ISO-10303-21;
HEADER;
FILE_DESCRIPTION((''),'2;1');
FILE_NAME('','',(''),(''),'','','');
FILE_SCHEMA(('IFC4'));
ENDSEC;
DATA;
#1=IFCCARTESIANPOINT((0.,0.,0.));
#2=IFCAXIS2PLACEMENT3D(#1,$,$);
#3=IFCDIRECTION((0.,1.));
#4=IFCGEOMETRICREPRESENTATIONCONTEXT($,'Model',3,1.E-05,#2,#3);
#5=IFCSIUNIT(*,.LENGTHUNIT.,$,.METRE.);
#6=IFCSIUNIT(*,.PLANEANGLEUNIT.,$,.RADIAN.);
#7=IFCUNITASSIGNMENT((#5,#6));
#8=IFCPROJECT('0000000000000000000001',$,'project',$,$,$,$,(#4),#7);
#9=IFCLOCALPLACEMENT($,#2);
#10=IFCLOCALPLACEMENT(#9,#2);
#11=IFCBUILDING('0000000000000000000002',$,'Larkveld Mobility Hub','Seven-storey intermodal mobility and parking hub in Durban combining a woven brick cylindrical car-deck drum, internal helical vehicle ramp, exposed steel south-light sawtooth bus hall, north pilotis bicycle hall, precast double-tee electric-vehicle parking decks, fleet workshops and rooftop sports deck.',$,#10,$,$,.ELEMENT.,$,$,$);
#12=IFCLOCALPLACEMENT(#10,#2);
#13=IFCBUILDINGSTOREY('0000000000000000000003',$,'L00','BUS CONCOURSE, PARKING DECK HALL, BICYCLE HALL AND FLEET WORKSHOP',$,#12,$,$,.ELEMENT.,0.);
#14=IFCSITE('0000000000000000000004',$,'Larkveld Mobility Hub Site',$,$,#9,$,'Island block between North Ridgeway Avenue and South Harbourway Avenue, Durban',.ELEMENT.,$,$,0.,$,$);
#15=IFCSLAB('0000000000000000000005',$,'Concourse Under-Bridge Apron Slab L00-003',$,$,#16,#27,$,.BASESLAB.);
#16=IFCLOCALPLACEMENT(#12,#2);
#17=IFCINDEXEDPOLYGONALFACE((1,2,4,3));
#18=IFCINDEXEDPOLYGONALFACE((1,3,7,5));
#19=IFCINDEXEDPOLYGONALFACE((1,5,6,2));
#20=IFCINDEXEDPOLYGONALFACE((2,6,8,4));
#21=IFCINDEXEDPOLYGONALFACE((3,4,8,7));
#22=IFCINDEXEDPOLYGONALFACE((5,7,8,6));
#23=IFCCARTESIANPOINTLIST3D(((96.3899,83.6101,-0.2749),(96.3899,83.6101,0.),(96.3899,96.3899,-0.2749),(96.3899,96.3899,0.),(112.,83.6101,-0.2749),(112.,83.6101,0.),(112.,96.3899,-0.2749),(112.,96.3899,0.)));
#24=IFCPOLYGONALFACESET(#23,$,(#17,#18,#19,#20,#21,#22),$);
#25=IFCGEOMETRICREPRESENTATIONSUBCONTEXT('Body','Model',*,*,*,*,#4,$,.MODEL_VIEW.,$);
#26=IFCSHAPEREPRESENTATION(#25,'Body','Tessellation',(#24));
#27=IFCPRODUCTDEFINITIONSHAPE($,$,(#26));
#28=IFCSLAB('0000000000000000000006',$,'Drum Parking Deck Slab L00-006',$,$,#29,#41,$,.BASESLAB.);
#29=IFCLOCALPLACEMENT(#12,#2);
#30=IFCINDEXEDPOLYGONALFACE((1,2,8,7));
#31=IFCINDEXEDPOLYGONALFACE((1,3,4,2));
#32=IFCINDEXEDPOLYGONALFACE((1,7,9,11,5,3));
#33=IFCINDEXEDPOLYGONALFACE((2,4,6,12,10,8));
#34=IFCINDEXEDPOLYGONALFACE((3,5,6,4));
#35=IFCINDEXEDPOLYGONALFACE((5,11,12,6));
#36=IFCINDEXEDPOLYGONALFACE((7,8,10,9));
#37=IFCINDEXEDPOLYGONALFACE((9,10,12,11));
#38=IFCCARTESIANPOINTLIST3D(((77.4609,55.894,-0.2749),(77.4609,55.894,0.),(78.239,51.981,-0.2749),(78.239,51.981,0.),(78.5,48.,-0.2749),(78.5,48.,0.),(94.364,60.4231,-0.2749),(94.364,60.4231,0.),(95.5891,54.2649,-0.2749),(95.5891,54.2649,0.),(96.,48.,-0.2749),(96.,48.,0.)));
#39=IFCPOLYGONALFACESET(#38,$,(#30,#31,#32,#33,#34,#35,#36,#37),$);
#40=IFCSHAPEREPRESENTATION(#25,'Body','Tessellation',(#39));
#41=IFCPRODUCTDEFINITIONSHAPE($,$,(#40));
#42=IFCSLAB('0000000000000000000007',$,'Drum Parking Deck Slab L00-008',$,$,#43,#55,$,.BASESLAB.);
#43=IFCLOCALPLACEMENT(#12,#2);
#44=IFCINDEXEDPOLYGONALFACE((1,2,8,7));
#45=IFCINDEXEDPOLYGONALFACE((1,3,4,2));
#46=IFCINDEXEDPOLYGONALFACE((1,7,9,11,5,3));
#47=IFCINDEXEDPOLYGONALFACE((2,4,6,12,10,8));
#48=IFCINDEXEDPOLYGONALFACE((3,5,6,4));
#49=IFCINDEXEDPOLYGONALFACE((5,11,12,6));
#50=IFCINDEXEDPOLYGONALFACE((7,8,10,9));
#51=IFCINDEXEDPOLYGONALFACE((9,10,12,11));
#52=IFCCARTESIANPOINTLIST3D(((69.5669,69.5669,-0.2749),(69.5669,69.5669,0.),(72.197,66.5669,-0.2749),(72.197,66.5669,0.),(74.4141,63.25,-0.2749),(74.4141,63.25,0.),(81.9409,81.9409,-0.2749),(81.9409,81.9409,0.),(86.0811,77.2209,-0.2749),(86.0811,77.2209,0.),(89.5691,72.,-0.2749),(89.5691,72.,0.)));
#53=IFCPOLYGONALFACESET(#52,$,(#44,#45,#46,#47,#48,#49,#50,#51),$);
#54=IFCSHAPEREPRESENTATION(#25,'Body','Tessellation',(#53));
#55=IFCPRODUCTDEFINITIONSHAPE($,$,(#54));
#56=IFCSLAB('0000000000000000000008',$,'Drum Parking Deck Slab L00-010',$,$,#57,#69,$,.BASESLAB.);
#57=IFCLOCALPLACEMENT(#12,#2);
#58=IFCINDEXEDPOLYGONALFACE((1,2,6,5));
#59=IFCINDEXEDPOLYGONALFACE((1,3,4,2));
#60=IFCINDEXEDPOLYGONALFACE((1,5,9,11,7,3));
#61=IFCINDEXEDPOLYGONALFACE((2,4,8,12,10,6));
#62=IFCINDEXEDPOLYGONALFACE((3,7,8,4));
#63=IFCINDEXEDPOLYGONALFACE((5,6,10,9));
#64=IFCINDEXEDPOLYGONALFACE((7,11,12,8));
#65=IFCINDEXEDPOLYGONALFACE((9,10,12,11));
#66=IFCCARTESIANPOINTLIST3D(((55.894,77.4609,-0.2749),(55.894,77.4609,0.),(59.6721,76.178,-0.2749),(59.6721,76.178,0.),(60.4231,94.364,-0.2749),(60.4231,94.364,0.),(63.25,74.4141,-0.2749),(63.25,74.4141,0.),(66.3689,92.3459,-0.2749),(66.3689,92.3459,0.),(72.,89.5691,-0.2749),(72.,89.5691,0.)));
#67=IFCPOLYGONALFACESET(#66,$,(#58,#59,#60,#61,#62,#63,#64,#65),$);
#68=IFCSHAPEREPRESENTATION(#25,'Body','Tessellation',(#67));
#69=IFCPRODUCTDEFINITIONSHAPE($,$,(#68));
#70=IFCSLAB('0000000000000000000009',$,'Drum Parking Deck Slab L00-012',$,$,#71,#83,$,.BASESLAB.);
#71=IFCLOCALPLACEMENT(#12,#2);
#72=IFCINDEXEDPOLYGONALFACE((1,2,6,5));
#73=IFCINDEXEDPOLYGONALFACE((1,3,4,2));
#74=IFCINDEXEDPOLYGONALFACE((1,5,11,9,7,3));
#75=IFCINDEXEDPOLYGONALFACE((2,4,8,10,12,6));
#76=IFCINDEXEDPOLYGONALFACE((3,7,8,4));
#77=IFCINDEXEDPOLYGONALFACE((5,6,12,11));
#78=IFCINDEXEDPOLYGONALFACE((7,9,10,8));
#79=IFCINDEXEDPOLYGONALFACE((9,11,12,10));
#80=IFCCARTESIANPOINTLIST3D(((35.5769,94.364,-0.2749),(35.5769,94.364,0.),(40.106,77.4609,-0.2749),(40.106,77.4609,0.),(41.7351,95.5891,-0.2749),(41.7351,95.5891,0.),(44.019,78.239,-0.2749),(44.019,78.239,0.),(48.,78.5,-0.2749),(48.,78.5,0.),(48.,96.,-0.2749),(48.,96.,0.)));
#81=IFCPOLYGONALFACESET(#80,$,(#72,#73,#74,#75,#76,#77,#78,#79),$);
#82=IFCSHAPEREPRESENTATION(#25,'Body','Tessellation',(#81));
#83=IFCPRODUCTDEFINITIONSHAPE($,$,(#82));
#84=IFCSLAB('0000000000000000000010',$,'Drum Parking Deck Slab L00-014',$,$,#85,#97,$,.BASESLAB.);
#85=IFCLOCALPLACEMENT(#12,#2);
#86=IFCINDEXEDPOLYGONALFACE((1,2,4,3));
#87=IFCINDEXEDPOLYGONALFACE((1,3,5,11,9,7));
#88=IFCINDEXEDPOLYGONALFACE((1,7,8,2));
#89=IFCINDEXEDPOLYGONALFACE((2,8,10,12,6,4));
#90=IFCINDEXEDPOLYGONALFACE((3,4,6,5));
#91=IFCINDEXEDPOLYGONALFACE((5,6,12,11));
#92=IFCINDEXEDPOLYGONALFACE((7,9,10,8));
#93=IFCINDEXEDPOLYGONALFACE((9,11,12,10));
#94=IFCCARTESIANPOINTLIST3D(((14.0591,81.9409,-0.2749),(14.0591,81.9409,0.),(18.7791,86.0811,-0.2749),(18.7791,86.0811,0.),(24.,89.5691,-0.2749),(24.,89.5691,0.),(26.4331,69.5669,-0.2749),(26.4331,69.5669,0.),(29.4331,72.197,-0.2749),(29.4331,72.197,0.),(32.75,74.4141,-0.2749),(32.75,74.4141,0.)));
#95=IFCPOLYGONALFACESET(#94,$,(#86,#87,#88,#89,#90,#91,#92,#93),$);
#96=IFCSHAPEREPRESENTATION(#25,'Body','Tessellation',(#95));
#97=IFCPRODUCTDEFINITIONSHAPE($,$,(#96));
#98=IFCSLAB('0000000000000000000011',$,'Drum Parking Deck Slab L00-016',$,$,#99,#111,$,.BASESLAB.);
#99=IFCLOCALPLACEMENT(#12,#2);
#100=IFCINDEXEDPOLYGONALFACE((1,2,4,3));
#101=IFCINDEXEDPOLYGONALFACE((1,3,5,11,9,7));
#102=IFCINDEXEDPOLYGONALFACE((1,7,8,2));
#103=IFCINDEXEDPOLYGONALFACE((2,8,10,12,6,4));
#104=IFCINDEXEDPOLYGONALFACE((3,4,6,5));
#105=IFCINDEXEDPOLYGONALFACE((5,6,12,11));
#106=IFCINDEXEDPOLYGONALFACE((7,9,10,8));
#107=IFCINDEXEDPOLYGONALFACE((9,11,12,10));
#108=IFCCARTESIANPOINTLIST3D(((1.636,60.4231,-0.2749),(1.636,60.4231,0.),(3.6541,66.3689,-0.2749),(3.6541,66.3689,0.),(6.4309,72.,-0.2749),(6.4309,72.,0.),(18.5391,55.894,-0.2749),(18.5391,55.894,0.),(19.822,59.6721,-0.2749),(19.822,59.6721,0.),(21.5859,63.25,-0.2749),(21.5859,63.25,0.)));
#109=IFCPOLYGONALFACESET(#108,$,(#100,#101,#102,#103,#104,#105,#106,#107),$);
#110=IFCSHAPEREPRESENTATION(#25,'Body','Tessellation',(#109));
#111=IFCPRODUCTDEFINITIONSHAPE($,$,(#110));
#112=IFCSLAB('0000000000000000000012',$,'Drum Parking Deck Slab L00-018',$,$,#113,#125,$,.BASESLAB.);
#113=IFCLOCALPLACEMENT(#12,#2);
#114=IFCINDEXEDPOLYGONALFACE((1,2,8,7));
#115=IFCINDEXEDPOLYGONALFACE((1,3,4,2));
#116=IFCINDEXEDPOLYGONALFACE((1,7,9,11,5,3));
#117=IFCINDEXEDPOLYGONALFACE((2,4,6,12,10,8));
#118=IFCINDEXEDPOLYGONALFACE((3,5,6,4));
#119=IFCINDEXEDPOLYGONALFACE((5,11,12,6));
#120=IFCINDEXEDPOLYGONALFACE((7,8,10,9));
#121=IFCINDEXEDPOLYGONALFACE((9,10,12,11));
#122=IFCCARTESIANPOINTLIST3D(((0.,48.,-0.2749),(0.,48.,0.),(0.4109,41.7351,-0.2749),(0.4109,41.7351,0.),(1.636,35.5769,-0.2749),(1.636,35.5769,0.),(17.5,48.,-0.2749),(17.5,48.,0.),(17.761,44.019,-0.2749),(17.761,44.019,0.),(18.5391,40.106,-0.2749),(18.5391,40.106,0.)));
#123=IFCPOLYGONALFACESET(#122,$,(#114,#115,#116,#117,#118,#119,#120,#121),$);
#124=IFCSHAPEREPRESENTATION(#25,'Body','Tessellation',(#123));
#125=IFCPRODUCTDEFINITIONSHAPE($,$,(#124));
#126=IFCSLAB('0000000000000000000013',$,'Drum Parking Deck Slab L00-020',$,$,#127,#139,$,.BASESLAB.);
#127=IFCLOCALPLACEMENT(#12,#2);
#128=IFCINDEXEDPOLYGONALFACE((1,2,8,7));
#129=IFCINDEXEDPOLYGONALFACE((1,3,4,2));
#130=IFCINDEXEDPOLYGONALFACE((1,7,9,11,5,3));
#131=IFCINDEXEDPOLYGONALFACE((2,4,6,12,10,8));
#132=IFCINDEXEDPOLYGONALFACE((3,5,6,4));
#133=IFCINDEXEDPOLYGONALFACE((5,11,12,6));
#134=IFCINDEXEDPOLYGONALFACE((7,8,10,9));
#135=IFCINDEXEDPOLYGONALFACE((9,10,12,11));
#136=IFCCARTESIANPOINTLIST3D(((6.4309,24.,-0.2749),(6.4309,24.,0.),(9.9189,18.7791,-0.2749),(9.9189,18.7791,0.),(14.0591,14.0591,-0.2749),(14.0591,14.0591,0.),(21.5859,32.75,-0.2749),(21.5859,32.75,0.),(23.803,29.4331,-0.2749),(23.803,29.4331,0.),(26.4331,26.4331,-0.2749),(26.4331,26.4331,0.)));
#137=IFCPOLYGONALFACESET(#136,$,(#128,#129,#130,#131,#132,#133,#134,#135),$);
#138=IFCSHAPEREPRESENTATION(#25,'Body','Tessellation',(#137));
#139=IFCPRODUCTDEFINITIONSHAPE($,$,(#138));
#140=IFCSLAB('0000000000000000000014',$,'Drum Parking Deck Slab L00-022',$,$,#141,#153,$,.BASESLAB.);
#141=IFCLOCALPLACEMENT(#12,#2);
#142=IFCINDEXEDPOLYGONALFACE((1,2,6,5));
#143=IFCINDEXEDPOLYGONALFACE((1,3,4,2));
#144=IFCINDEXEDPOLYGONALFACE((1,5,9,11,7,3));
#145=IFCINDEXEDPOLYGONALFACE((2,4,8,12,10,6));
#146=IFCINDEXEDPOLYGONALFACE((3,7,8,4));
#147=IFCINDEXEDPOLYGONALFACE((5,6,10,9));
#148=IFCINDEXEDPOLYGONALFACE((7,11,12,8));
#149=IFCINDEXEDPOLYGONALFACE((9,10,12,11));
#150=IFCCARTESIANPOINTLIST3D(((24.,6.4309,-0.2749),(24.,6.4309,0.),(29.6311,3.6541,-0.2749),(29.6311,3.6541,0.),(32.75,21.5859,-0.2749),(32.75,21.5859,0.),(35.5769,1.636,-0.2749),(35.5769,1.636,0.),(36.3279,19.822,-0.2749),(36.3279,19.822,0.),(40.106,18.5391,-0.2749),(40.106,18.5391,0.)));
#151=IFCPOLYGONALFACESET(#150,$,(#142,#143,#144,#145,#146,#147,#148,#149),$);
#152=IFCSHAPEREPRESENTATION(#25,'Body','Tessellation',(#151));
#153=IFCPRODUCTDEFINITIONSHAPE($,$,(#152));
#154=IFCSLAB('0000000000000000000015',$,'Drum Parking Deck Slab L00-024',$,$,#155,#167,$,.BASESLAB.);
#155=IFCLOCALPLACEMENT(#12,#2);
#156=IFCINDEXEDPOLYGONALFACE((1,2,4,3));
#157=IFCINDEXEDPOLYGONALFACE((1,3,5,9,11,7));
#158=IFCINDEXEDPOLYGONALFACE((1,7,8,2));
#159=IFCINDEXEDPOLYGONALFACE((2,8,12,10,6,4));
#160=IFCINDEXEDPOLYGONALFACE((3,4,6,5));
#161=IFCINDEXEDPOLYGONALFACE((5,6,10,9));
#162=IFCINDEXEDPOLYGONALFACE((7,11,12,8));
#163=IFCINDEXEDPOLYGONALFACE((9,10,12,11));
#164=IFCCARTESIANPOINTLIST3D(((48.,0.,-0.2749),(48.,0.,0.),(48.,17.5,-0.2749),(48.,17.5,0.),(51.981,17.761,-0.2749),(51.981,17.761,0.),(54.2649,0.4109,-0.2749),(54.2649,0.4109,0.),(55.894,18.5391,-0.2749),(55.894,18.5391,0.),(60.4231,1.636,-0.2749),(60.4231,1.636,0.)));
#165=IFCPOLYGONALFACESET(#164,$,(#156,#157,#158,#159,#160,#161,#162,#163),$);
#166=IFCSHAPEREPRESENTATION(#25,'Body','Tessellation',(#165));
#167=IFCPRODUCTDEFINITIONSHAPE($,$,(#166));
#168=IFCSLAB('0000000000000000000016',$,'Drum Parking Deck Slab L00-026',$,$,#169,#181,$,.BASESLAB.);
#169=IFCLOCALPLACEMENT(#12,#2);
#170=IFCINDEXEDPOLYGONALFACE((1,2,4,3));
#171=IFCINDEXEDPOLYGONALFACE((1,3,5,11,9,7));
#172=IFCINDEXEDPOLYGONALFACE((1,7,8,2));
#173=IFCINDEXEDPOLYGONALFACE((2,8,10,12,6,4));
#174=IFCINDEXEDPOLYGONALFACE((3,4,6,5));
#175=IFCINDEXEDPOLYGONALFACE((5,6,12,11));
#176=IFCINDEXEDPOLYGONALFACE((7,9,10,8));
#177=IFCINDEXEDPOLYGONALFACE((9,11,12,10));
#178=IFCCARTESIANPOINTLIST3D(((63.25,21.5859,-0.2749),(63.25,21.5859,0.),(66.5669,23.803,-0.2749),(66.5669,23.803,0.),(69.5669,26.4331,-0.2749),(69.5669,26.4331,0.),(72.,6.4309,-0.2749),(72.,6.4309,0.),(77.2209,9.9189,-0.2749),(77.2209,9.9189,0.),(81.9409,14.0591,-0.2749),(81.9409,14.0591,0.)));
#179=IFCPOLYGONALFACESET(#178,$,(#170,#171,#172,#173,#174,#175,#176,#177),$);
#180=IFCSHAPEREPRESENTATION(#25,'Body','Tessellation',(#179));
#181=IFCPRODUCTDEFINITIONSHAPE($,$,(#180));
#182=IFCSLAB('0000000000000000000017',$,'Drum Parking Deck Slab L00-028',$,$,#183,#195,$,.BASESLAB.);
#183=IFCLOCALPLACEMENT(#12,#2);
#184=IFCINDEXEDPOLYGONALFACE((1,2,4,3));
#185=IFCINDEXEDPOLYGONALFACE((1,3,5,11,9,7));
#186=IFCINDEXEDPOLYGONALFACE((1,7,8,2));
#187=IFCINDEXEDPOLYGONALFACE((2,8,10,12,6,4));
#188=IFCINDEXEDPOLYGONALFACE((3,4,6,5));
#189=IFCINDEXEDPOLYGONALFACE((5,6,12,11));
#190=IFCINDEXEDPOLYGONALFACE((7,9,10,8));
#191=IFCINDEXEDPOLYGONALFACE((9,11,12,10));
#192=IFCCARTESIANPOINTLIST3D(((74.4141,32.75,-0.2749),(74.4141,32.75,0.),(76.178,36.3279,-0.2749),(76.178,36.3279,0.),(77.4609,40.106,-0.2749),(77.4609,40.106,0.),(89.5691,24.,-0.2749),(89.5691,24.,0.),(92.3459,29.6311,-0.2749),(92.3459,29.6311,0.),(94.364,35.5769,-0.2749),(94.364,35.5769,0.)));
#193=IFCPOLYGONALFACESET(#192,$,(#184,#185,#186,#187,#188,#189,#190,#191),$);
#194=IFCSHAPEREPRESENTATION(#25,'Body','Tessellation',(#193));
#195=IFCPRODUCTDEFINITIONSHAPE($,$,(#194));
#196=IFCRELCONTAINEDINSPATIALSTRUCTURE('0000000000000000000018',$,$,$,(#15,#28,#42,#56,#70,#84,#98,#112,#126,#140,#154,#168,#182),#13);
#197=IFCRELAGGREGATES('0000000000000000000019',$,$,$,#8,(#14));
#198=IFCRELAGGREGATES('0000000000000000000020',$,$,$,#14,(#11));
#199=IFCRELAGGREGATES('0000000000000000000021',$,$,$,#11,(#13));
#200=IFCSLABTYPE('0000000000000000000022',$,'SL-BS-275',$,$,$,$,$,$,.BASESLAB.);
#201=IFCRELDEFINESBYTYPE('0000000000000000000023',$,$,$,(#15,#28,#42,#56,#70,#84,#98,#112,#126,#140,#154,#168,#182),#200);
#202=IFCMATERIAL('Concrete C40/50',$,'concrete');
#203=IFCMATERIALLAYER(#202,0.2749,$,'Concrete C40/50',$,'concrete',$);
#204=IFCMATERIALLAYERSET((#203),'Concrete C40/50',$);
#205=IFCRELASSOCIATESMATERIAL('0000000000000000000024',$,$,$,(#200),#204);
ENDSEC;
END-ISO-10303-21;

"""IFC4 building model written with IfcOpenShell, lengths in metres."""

from ifc_helpers import new_model, si_unit, direction, frame, origin, place, context, subcontext, project, spatial, polyline, outline, extrude, material, layer, layer_set, type_object, element, save


model = new_model("IFC4")

# Units and contexts
model_context = context("Model", 3, precision=1e-05, world=origin(), true_north=direction((0.0, 1.0)))
body_context = subcontext(model_context, "Body", "Model", "MODEL_VIEW")
ifc_project = project(units=[si_unit("LENGTHUNIT", "METRE"), si_unit("PLANEANGLEUNIT", "RADIAN")], contexts=[model_context])

# Site, building, storey
site_placement = place(None, origin())
site = spatial("IfcSite", under=ifc_project, at=site_placement, Name="Larkveld Mobility Hub Site", LongName="Island block between North Ridgeway Avenue and South Harbourway Avenue, Durban", CompositionType="ELEMENT", RefElevation=0.0)
building_placement = place(site_placement, origin())
building = spatial("IfcBuilding", under=site, at=building_placement, Name="Larkveld Mobility Hub", Description="Seven-storey intermodal mobility and parking hub in Durban combining a woven brick cylindrical car-deck drum, internal helical vehicle ramp, exposed steel south-light sawtooth bus hall, north pilotis bicycle hall, precast double-tee electric-vehicle parking decks, fleet workshops and rooftop sports deck.", CompositionType="ELEMENT")
storey_placement = place(building_placement, origin())
storey = spatial("IfcBuildingStorey", under=building, at=storey_placement, Name="L00", Description="BUS CONCOURSE, PARKING DECK HALL, BICYCLE HALL AND FLEET WORKSHOP", CompositionType="ELEMENT", Elevation=0.0)

# Slabs
ifc_material = material(Name="Concrete C40/50", Category="concrete")
ifc_layer_1 = layer(ifc_material, 0.2749, Name="Concrete C40/50", Category="concrete")
ifc_layer_set_1 = layer_set([ifc_layer_1], Name="Concrete C40/50")
slab_type_1 = type_object("IfcSlabType", Name="SL-BS-275", PredefinedType="BASESLAB", material=ifc_layer_set_1)
slab_1_placement = place(storey_placement, frame((0.0, 0.0, -0.2749)))
element("IfcSlab", 1, at=slab_1_placement, inside=storey, type_object=slab_type_1, Name="Concourse Under-Bridge Apron Slab L00-003", PredefinedType="BASESLAB", context=body_context, shape_type="SweptSolid", body=[
    extrude(outline(polyline([(96.3899, 83.6101), (112.0, 83.6101), (112.0, 96.3899), (96.3899, 96.3899), (96.3899, 83.6101)])), origin(), (0.0, 0.0, 1.0), 0.2749),
])
slab_2_placement = place(storey_placement, frame((0.0, 0.0, -0.2749)))
element("IfcSlab", 2, at=slab_2_placement, inside=storey, type_object=slab_type_1, Name="Drum Parking Deck Slab L00-006", PredefinedType="BASESLAB", context=body_context, shape_type="SweptSolid", body=[
    extrude(outline(polyline([(96.0, 48.0), (95.5891, 54.2649), (94.364, 60.4231), (77.4609, 55.894), (78.239, 51.981), (78.5, 48.0), (96.0, 48.0)])), origin(), (0.0, 0.0, 1.0), 0.2749),
])
slab_3_placement = place(storey_placement, frame((0.0, 0.0, -0.2749)))
element("IfcSlab", 3, at=slab_3_placement, inside=storey, type_object=slab_type_1, Name="Drum Parking Deck Slab L00-008", PredefinedType="BASESLAB", context=body_context, shape_type="SweptSolid", body=[
    extrude(outline(polyline([(89.5691, 72.0), (86.0811, 77.2209), (81.9409, 81.9409), (69.5669, 69.5669), (72.197, 66.5669), (74.4141, 63.25), (89.5691, 72.0)])), origin(), (0.0, 0.0, 1.0), 0.2749),
])
slab_4_placement = place(storey_placement, frame((0.0, 0.0, -0.2749)))
element("IfcSlab", 4, at=slab_4_placement, inside=storey, type_object=slab_type_1, Name="Drum Parking Deck Slab L00-010", PredefinedType="BASESLAB", context=body_context, shape_type="SweptSolid", body=[
    extrude(outline(polyline([(72.0, 89.5691), (66.3689, 92.3459), (60.4231, 94.364), (55.894, 77.4609), (59.6721, 76.178), (63.25, 74.4141), (72.0, 89.5691)])), origin(), (0.0, 0.0, 1.0), 0.2749),
])
slab_5_placement = place(storey_placement, frame((0.0, 0.0, -0.2749)))
element("IfcSlab", 5, at=slab_5_placement, inside=storey, type_object=slab_type_1, Name="Drum Parking Deck Slab L00-012", PredefinedType="BASESLAB", context=body_context, shape_type="SweptSolid", body=[
    extrude(outline(polyline([(48.0, 96.0), (41.7351, 95.5891), (35.5769, 94.364), (40.106, 77.4609), (44.019, 78.239), (48.0, 78.5), (48.0, 96.0)])), origin(), (0.0, 0.0, 1.0), 0.2749),
])
slab_6_placement = place(storey_placement, frame((0.0, 0.0, -0.2749)))
element("IfcSlab", 6, at=slab_6_placement, inside=storey, type_object=slab_type_1, Name="Drum Parking Deck Slab L00-014", PredefinedType="BASESLAB", context=body_context, shape_type="SweptSolid", body=[
    extrude(outline(polyline([(24.0, 89.5691), (18.7791, 86.0811), (14.0591, 81.9409), (26.4331, 69.5669), (29.4331, 72.197), (32.75, 74.4141), (24.0, 89.5691)])), origin(), (0.0, 0.0, 1.0), 0.2749),
])
slab_7_placement = place(storey_placement, frame((0.0, 0.0, -0.2749)))
element("IfcSlab", 7, at=slab_7_placement, inside=storey, type_object=slab_type_1, Name="Drum Parking Deck Slab L00-016", PredefinedType="BASESLAB", context=body_context, shape_type="SweptSolid", body=[
    extrude(outline(polyline([(6.4309, 72.0), (3.6541, 66.3689), (1.636, 60.4231), (18.5391, 55.894), (19.822, 59.6721), (21.5859, 63.25), (6.4309, 72.0)])), origin(), (0.0, 0.0, 1.0), 0.2749),
])
slab_8_placement = place(storey_placement, frame((0.0, 0.0, -0.2749)))
element("IfcSlab", 8, at=slab_8_placement, inside=storey, type_object=slab_type_1, Name="Drum Parking Deck Slab L00-018", PredefinedType="BASESLAB", context=body_context, shape_type="SweptSolid", body=[
    extrude(outline(polyline([(0.0, 48.0), (0.4109, 41.7351), (1.636, 35.5769), (18.5391, 40.106), (17.761, 44.019), (17.5, 48.0), (0.0, 48.0)])), origin(), (0.0, 0.0, 1.0), 0.2749),
])
slab_9_placement = place(storey_placement, frame((0.0, 0.0, -0.2749)))
element("IfcSlab", 9, at=slab_9_placement, inside=storey, type_object=slab_type_1, Name="Drum Parking Deck Slab L00-020", PredefinedType="BASESLAB", context=body_context, shape_type="SweptSolid", body=[
    extrude(outline(polyline([(6.4309, 24.0), (9.9189, 18.7791), (14.0591, 14.0591), (26.4331, 26.4331), (23.803, 29.4331), (21.5859, 32.75), (6.4309, 24.0)])), origin(), (0.0, 0.0, 1.0), 0.2749),
])
slab_10_placement = place(storey_placement, frame((0.0, 0.0, -0.2749)))
element("IfcSlab", 10, at=slab_10_placement, inside=storey, type_object=slab_type_1, Name="Drum Parking Deck Slab L00-022", PredefinedType="BASESLAB", context=body_context, shape_type="SweptSolid", body=[
    extrude(outline(polyline([(24.0, 6.4309), (29.6311, 3.6541), (35.5769, 1.636), (40.106, 18.5391), (36.3279, 19.822), (32.75, 21.5859), (24.0, 6.4309)])), origin(), (0.0, 0.0, 1.0), 0.2749),
])
slab_11_placement = place(storey_placement, frame((0.0, 0.0, -0.2749)))
element("IfcSlab", 11, at=slab_11_placement, inside=storey, type_object=slab_type_1, Name="Drum Parking Deck Slab L00-024", PredefinedType="BASESLAB", context=body_context, shape_type="SweptSolid", body=[
    extrude(outline(polyline([(48.0, 0.0), (54.2649, 0.4109), (60.4231, 1.636), (55.894, 18.5391), (51.981, 17.761), (48.0, 17.5), (48.0, 0.0)])), origin(), (0.0, 0.0, 1.0), 0.2749),
])
slab_12_placement = place(storey_placement, frame((0.0, 0.0, -0.2749)))
element("IfcSlab", 12, at=slab_12_placement, inside=storey, type_object=slab_type_1, Name="Drum Parking Deck Slab L00-026", PredefinedType="BASESLAB", context=body_context, shape_type="SweptSolid", body=[
    extrude(outline(polyline([(72.0, 6.4309), (77.2209, 9.9189), (81.9409, 14.0591), (69.5669, 26.4331), (66.5669, 23.803), (63.25, 21.5859), (72.0, 6.4309)])), origin(), (0.0, 0.0, 1.0), 0.2749),
])
slab_13_placement = place(storey_placement, frame((0.0, 0.0, -0.2749)))
element("IfcSlab", 13, at=slab_13_placement, inside=storey, type_object=slab_type_1, Name="Drum Parking Deck Slab L00-028", PredefinedType="BASESLAB", context=body_context, shape_type="SweptSolid", body=[
    extrude(outline(polyline([(89.5691, 24.0), (92.3459, 29.6311), (94.364, 35.5769), (77.4609, 40.106), (76.178, 36.3279), (74.4141, 32.75), (89.5691, 24.0)])), origin(), (0.0, 0.0, 1.0), 0.2749),
])

save(model, "model.ifc")
